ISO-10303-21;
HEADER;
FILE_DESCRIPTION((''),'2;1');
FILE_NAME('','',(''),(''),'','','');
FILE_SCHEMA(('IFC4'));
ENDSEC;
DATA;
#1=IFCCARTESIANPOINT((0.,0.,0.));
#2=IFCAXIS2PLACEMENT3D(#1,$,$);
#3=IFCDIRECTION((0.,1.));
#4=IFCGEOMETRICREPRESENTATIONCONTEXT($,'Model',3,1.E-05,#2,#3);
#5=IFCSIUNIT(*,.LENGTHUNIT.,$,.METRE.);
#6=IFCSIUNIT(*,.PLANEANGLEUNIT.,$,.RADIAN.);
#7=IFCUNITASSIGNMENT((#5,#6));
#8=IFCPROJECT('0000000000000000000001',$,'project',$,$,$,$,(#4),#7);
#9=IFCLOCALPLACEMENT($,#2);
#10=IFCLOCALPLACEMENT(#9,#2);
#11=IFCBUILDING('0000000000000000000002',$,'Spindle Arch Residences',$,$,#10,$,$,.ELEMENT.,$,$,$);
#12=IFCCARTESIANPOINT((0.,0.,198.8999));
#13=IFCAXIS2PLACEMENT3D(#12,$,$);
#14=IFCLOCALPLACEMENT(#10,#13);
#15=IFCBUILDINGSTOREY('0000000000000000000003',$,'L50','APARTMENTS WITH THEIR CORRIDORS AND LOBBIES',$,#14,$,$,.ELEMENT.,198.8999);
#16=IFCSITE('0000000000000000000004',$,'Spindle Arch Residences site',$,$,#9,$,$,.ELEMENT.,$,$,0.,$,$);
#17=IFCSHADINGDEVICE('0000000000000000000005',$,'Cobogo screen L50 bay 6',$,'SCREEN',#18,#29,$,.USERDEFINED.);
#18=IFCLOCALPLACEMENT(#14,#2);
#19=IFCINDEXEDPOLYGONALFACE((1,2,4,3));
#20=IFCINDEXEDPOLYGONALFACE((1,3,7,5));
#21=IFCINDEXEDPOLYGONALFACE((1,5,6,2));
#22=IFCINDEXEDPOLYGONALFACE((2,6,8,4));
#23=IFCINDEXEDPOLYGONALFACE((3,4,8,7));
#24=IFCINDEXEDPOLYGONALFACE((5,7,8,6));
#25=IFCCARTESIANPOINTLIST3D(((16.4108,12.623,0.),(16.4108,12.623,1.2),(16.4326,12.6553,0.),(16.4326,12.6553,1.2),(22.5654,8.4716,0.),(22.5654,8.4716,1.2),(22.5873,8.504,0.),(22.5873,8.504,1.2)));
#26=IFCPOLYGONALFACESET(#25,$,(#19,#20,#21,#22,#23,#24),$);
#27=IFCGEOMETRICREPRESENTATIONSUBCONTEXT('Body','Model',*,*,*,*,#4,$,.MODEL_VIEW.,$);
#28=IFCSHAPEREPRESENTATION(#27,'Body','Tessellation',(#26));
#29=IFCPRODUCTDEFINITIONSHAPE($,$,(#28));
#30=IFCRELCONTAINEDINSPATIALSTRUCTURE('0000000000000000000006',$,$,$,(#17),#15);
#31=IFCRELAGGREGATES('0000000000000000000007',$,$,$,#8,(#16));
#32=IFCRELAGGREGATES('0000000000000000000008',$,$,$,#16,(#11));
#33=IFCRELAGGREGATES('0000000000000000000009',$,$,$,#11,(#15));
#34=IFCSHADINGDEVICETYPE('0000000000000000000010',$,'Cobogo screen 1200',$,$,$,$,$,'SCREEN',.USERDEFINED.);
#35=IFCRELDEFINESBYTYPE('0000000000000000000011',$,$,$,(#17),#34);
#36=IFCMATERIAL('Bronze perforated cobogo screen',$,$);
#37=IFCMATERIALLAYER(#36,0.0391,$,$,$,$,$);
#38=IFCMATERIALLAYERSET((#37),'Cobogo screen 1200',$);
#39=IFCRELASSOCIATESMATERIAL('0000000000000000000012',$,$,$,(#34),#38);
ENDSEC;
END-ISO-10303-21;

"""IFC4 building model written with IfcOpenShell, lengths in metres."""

from ifc_helpers import new_model, si_unit, direction, frame, origin, origin_2d, place, context, subcontext, project, spatial, rectangle, extrude, material, layer, layer_set, type_object, element, save


model = new_model("IFC4")

# Units and contexts
model_context = context("Model", 3, precision=1e-05, world=origin(), true_north=direction((0.0, 1.0)))
body_context = subcontext(model_context, "Body", "Model", "MODEL_VIEW")
ifc_project = project(units=[si_unit("LENGTHUNIT", "METRE"), si_unit("PLANEANGLEUNIT", "RADIAN")], contexts=[model_context])

# Site, building, storey
site_placement = place(None, origin())
site = spatial("IfcSite", under=ifc_project, at=site_placement, Name="Spindle Arch Residences site", CompositionType="ELEMENT", RefElevation=0.0)
building_placement = place(site_placement, origin())
building = spatial("IfcBuilding", under=site, at=building_placement, Name="Spindle Arch Residences", CompositionType="ELEMENT")
storey_placement = place(building_placement, frame((0.0, 0.0, 198.8999)))
storey = spatial("IfcBuildingStorey", under=building, at=storey_placement, Name="L50", Description="APARTMENTS WITH THEIR CORRIDORS AND LOBBIES", CompositionType="ELEMENT", Elevation=198.8999)

# Shading device
ifc_material_1 = material(Name="Bronze perforated cobogo screen")
ifc_layer_1 = layer(ifc_material_1, 0.0391)
ifc_layer_set_1 = layer_set([ifc_layer_1], Name="Cobogo screen 1200")
shading_device_type = type_object("IfcShadingDeviceType", Name="Cobogo screen 1200", ElementType="SCREEN", PredefinedType="USERDEFINED", material=ifc_layer_set_1)
shading_device_placement = place(storey_placement, frame((19.499, 10.5635, 0.0), z_axis=(0.0, 0.0, 1.0), x_axis=(-0.829038, 0.559193, 0.0)))
element("IfcShadingDevice", 1, at=shading_device_placement, inside=storey, type_object=shading_device_type, Name="Cobogo screen L50 bay 6", ObjectType="SCREEN", PredefinedType="USERDEFINED", context=body_context, shape_type="SweptSolid", body=[
    extrude(rectangle(XDim=7.4238, YDim=0.0391, at=origin_2d()), origin(), (0.0, 0.0, 1.0), 1.2),
])

save(model, "model.ifc")
